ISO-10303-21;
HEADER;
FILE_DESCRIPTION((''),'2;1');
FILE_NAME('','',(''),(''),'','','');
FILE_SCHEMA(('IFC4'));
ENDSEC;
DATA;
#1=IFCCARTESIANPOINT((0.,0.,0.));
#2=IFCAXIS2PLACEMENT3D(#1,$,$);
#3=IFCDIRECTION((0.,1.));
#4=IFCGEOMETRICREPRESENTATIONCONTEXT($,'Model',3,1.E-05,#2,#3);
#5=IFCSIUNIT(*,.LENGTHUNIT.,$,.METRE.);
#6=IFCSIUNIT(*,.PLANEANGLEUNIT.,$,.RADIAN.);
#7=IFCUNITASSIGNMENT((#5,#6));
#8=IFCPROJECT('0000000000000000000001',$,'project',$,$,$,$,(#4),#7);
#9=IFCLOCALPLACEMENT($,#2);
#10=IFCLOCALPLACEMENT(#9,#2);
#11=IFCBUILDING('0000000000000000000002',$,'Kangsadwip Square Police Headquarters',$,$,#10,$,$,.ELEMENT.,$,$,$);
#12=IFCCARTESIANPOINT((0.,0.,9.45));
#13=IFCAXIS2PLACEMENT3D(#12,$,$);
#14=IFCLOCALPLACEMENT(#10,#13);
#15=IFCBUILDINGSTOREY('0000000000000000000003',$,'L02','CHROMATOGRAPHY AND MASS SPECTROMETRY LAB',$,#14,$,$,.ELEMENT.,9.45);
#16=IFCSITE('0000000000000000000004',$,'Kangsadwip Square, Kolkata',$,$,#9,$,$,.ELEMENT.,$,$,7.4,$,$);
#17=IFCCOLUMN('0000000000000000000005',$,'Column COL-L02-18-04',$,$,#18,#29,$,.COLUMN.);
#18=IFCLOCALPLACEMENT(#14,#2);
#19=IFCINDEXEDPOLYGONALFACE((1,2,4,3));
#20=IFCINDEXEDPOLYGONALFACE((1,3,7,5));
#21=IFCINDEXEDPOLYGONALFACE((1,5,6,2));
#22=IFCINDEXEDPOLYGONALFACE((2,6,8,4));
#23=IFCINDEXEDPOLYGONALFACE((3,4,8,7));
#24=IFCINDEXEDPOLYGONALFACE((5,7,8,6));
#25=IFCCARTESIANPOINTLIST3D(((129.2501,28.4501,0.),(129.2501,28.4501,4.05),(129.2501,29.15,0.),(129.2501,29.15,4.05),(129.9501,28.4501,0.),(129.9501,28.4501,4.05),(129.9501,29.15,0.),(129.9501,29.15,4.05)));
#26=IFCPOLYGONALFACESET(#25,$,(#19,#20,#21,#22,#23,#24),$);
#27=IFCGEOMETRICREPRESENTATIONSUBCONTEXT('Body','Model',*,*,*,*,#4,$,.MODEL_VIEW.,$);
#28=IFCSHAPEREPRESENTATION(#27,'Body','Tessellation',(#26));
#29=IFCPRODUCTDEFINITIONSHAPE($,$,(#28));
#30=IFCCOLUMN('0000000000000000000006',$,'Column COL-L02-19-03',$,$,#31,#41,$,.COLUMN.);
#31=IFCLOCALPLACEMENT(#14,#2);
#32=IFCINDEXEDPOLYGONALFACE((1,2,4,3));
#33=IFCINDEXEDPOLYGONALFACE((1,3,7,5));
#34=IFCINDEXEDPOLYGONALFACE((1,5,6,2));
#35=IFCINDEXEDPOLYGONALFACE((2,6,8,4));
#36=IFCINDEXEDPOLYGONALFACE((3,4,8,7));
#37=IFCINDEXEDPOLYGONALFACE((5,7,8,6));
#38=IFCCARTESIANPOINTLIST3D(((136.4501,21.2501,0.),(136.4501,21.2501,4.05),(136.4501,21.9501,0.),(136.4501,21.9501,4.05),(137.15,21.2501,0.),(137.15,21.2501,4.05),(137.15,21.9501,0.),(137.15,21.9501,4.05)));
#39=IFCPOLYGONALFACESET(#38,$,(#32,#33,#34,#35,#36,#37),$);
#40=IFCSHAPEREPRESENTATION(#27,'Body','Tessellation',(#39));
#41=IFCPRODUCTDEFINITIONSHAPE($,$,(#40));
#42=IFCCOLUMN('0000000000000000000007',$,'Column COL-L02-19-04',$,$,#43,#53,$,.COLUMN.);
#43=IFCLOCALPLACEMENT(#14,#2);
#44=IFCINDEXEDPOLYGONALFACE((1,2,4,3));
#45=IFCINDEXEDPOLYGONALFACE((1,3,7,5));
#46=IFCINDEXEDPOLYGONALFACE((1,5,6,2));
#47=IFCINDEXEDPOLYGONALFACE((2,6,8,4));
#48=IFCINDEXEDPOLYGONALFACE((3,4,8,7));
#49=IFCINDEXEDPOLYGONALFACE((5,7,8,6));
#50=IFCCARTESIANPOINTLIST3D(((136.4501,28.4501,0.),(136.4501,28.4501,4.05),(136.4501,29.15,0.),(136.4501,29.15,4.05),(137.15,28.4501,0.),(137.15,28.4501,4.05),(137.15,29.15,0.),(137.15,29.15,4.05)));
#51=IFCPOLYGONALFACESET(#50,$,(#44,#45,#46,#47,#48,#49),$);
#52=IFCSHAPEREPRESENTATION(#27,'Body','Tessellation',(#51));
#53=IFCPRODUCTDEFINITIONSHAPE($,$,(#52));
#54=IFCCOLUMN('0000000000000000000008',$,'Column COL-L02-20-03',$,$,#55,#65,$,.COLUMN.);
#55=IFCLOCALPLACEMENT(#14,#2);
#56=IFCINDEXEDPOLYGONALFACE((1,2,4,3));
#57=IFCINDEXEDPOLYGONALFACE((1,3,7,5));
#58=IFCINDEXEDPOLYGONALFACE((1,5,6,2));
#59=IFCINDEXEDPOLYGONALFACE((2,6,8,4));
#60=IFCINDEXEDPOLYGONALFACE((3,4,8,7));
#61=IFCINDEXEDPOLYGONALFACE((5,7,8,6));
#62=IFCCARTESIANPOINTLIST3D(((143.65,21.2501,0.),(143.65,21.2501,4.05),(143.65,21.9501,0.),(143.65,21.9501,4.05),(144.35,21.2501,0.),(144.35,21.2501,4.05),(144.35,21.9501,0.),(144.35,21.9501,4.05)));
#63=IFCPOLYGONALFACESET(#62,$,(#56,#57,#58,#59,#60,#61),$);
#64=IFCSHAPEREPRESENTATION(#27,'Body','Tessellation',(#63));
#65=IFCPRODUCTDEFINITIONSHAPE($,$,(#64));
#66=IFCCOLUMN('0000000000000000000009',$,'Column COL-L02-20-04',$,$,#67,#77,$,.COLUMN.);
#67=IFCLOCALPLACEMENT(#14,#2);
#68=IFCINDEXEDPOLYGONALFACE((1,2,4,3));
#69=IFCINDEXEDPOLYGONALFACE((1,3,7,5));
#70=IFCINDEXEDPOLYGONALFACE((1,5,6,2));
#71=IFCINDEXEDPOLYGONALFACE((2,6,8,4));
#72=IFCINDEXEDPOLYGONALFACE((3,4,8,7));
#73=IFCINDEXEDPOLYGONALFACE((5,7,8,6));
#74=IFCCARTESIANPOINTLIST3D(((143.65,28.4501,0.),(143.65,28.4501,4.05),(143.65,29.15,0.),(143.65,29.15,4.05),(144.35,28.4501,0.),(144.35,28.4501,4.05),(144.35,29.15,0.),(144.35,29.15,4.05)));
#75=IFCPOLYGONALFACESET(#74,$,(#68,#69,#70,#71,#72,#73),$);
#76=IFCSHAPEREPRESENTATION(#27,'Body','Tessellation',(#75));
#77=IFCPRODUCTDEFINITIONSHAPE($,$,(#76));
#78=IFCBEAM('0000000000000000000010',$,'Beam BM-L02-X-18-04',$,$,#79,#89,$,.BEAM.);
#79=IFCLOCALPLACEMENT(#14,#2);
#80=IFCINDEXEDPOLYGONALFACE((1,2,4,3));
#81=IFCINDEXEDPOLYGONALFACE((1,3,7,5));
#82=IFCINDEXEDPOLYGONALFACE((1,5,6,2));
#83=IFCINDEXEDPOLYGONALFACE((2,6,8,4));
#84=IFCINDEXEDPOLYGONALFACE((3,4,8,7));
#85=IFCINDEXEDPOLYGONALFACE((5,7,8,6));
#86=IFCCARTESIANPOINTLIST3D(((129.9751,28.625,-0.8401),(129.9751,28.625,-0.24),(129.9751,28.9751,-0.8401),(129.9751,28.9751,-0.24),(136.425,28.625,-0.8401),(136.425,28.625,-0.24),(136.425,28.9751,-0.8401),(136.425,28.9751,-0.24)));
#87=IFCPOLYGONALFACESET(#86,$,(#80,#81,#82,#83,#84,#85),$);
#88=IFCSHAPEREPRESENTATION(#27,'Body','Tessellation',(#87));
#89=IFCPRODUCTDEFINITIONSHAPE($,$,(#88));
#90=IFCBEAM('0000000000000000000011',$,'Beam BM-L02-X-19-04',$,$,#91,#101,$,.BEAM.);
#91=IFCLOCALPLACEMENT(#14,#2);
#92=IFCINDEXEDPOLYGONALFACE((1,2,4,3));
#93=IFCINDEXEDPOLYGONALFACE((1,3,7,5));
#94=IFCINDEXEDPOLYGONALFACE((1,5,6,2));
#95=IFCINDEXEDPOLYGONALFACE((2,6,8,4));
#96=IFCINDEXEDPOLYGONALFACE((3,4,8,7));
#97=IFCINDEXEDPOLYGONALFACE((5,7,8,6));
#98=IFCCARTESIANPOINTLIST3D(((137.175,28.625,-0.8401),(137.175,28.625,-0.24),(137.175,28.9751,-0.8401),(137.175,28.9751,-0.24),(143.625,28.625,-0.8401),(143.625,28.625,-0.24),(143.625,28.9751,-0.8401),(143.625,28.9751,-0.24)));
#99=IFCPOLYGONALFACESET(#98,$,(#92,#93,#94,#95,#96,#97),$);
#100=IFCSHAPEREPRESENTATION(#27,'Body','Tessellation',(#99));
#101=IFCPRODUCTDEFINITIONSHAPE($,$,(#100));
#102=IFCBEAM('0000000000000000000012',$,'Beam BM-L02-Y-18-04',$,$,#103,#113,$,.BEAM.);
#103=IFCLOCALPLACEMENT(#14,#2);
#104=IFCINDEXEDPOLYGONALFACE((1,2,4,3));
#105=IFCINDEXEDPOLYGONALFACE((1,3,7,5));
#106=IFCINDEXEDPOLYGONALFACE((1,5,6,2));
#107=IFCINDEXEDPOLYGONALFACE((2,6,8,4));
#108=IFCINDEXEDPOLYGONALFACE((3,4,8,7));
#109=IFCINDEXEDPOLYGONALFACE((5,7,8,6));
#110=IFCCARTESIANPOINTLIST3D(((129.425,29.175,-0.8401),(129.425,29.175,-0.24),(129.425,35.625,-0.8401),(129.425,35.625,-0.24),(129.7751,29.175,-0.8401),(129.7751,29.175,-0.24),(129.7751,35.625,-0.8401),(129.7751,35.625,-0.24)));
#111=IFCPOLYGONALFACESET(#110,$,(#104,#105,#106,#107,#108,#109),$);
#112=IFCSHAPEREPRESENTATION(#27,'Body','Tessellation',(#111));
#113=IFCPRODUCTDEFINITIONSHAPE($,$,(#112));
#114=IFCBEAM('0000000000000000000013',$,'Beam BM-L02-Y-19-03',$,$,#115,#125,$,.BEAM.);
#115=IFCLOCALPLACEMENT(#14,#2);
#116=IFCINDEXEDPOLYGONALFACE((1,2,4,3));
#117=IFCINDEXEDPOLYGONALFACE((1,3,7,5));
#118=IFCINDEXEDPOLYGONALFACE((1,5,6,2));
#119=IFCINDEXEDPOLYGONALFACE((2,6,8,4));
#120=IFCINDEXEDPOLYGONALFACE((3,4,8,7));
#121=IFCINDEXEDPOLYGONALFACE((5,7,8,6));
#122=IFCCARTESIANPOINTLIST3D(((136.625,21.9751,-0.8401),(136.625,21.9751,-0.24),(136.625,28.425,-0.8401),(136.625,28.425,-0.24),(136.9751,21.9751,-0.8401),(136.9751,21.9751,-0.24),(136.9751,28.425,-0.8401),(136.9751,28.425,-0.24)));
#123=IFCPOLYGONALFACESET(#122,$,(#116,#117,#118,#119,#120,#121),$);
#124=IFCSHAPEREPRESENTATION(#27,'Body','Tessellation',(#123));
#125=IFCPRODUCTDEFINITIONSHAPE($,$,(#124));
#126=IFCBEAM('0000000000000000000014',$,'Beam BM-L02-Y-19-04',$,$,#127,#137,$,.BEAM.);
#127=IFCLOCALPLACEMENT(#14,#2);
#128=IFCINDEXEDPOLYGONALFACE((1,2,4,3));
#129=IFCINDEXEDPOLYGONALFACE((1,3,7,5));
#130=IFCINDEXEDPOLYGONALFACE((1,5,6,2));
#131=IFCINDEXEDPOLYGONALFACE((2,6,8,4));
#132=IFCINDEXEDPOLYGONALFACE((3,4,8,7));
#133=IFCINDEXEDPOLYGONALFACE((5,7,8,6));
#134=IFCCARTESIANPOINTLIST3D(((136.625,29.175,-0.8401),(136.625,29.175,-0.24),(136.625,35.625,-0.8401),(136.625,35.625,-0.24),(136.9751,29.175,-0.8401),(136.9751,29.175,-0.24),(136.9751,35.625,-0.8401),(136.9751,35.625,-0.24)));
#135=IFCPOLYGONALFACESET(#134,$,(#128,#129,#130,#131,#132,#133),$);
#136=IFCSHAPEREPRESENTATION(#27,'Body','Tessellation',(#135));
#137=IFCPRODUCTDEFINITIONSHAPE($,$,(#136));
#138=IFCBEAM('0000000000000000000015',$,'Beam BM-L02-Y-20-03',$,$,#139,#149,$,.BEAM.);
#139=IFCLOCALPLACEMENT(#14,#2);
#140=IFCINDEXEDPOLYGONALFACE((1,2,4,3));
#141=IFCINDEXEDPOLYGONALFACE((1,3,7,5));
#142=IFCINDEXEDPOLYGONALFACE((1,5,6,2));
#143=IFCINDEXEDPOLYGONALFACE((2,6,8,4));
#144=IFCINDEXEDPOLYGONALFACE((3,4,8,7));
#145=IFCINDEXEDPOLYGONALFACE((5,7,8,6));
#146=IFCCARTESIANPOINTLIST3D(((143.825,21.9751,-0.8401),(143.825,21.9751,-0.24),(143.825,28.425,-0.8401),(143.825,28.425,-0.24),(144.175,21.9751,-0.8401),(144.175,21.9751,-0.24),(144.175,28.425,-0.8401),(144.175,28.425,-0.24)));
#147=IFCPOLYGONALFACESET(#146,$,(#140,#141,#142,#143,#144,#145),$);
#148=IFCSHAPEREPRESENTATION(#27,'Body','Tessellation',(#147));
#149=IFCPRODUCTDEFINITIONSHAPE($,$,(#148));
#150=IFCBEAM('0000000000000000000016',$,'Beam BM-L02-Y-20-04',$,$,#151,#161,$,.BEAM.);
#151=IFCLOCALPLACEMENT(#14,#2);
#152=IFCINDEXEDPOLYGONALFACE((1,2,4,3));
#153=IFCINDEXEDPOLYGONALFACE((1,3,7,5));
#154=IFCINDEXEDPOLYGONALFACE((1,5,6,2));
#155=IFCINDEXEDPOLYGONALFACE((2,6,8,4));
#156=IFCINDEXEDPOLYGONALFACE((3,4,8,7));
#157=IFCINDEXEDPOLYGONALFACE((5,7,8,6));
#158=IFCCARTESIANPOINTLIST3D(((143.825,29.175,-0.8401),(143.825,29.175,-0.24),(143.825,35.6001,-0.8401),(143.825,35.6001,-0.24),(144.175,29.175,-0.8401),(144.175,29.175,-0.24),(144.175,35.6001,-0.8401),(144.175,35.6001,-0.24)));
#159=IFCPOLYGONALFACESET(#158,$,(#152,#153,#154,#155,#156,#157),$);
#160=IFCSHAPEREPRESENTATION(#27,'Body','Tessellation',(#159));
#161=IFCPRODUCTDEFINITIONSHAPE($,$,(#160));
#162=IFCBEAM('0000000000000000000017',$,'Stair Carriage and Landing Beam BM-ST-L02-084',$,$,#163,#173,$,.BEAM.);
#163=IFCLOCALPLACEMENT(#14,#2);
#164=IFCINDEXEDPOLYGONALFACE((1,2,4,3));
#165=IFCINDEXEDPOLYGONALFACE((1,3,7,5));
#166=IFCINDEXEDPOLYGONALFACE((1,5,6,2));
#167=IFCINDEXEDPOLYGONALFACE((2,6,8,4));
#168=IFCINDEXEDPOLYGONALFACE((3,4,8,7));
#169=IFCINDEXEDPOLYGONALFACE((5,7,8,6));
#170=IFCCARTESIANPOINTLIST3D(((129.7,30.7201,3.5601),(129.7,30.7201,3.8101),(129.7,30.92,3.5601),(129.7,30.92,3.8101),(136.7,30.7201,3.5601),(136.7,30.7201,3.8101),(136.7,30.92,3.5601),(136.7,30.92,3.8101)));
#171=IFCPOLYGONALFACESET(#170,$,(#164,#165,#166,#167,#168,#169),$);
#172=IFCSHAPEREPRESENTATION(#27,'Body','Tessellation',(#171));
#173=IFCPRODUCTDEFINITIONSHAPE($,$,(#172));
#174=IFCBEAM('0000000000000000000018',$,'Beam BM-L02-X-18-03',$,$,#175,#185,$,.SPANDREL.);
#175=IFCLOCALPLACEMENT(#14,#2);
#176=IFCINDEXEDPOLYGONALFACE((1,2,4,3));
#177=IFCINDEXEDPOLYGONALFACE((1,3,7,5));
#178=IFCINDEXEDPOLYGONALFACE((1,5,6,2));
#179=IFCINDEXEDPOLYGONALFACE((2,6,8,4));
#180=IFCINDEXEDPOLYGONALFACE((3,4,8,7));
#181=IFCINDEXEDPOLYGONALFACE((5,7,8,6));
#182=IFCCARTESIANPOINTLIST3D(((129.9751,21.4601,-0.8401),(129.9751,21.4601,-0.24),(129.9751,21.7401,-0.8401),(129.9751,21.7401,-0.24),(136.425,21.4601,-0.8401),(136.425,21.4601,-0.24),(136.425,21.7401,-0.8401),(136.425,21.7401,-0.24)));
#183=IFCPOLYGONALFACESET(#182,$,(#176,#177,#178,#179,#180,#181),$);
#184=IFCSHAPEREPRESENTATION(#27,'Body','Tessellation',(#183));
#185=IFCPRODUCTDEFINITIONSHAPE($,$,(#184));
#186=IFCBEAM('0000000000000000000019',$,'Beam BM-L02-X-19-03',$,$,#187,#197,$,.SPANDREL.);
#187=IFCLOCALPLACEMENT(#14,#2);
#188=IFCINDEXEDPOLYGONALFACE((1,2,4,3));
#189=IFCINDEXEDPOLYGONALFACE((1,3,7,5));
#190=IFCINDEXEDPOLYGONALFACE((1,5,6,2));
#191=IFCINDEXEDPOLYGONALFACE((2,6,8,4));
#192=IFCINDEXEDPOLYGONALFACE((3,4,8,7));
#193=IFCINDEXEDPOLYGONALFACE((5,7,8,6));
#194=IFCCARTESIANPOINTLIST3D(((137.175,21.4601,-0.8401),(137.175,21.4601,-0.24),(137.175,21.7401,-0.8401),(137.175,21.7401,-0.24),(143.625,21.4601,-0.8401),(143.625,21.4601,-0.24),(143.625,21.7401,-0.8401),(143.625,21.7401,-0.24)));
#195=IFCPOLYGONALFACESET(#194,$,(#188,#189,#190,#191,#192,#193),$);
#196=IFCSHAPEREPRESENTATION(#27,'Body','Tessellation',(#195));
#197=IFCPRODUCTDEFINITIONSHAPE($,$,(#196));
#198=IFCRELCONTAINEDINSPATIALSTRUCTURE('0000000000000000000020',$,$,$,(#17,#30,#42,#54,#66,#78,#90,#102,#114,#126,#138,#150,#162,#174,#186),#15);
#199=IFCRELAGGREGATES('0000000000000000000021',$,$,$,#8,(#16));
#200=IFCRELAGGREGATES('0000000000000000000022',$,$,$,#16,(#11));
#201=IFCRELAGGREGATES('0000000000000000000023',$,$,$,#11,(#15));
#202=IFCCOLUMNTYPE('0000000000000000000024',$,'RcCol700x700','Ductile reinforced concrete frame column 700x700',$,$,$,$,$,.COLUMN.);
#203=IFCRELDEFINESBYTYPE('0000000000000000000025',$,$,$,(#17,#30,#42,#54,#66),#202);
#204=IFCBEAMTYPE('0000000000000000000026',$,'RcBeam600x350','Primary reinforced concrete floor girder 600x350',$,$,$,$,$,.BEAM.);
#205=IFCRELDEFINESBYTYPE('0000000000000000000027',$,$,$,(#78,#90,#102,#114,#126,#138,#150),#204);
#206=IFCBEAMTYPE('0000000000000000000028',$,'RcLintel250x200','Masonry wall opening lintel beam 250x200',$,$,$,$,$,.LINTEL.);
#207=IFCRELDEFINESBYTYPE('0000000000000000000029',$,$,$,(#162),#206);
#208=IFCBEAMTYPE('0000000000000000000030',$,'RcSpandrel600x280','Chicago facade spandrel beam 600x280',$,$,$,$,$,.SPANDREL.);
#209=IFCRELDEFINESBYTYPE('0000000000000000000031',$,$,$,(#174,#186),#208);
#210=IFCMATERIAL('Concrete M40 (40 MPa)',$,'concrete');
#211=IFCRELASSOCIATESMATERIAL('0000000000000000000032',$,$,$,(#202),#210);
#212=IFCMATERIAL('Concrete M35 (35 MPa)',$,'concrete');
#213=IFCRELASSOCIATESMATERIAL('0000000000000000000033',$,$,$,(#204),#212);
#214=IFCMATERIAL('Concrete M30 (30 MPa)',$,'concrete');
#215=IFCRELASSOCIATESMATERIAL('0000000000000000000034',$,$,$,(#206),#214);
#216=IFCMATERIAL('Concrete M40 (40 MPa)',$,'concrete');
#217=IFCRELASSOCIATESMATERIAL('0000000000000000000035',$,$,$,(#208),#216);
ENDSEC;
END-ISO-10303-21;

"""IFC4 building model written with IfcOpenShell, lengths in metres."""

from ifc_helpers import new_model, si_unit, direction, frame, origin, origin_2d, place, context, subcontext, project, spatial, rectangle, extrude, material, material_profile, profile_set, type_object, element, save


model = new_model("IFC4")

# Units and contexts
model_context = context("Model", 3, precision=1e-05, world=origin(), true_north=direction((0.0, 1.0)))
body_context = subcontext(model_context, "Body", "Model", "MODEL_VIEW")
ifc_project = project(units=[si_unit("LENGTHUNIT", "METRE"), si_unit("PLANEANGLEUNIT", "RADIAN")], contexts=[model_context])

# Site, building, storey
site_placement = place(None, origin())
site = spatial("IfcSite", under=ifc_project, at=site_placement, Name="Kangsadwip Square, Kolkata", CompositionType="ELEMENT", RefElevation=7.4)
building_placement = place(site_placement, origin())
building = spatial("IfcBuilding", under=site, at=building_placement, Name="Kangsadwip Square Police Headquarters", CompositionType="ELEMENT")
storey_placement = place(building_placement, frame((0.0, 0.0, 9.45)))
storey = spatial("IfcBuildingStorey", under=building, at=storey_placement, Name="L02", Description="CHROMATOGRAPHY AND MASS SPECTROMETRY LAB", CompositionType="ELEMENT", Elevation=9.45)

# Columns
ifc_material_1 = material(Name="Concrete M40 (40 MPa)", Category="concrete")
ifc_material_profile_1 = material_profile(ifc_material_1, rectangle(XDim=0.7, YDim=0.7, at=origin_2d()), Name="RC COL 700X700")
ifc_profile_set_1 = profile_set([ifc_material_profile_1], Name="Concrete M40 (40 MPa)")
column_type = type_object("IfcColumnType", Name="RcCol700x700", Description="Ductile reinforced concrete frame column 700x700", PredefinedType="COLUMN", material=ifc_profile_set_1)
for number, where, z_axis, x_axis, name in (
    (1, (129.6001, 28.8, 0.0), (0.0, 0.0, 1.0), (1.0, 0.0, 0.0), "Column COL-L02-18-04"),
    (2, (136.8, 21.6001, 0.0), (0.0, 0.0, 1.0), (1.0, 0.0, 0.0), "Column COL-L02-19-03"),
    (3, (136.8, 28.8, 0.0), (0.0, 0.0, 1.0), (1.0, 0.0, 0.0), "Column COL-L02-19-04"),
    (4, (144.0, 21.6001, 0.0), (0.0, 0.0, 1.0), (1.0, 0.0, 0.0), "Column COL-L02-20-03"),
    (5, (144.0, 28.8, 0.0), (0.0, 0.0, 1.0), (1.0, 0.0, 0.0), "Column COL-L02-20-04"),
):
    element("IfcColumn", number, at=place(storey_placement, frame(where, z_axis=z_axis, x_axis=x_axis)), inside=storey, type_object=column_type, Name=name, PredefinedType="COLUMN", context=body_context, shape_type="SweptSolid", body=[
        extrude(rectangle(XDim=0.7, YDim=0.7, at=origin_2d()), origin(), (0.0, 0.0, 1.0), 4.05),
    ])

# Beams
ifc_material_2 = material(Name="Concrete M35 (35 MPa)", Category="concrete")
ifc_material_profile_2 = material_profile(ifc_material_2, rectangle(XDim=0.3501, YDim=0.6001, at=origin_2d()), Name="RC BM 600X350")
ifc_profile_set_2 = profile_set([ifc_material_profile_2], Name="Concrete M35 (35 MPa)")
beam_type_1 = type_object("IfcBeamType", Name="RcBeam600x350", Description="Primary reinforced concrete floor girder 600x350", PredefinedType="BEAM", material=ifc_profile_set_2)
for number, where, z_axis, x_axis, name in (
    (6, (129.9751, 28.8, -0.54), (1.0, 0.0, 0.0), (0.0, 1.0, 0.0), "Beam BM-L02-X-18-04"),
    (7, (137.175, 28.8, -0.54), (1.0, 0.0, 0.0), (0.0, 1.0, 0.0), "Beam BM-L02-X-19-04"),
    (8, (129.6001, 29.175, -0.54), (0.0, 1.0, 0.0), (-1.0, 0.0, 0.0), "Beam BM-L02-Y-18-04"),
    (9, (136.8, 21.9751, -0.54), (0.0, 1.0, 0.0), (-1.0, 0.0, 0.0), "Beam BM-L02-Y-19-03"),
    (10, (136.8, 29.175, -0.54), (0.0, 1.0, 0.0), (-1.0, 0.0, 0.0), "Beam BM-L02-Y-19-04"),
    (11, (144.0, 21.9751, -0.54), (0.0, 1.0, 0.0), (-1.0, 0.0, 0.0), "Beam BM-L02-Y-20-03"),
):
    element("IfcBeam", number, at=place(storey_placement, frame(where, z_axis=z_axis, x_axis=x_axis)), inside=storey, type_object=beam_type_1, Name=name, PredefinedType="BEAM", context=body_context, shape_type="SweptSolid", body=[
        extrude(rectangle(XDim=0.3501, YDim=0.6001, at=origin_2d()), origin(), (0.0, 0.0, 1.0), 6.45),
    ])
beam_1_placement = place(storey_placement, frame((144.0, 29.175, -0.54), z_axis=(0.0, 1.0, 0.0), x_axis=(-1.0, 0.0, 0.0)))
element("IfcBeam", 12, at=beam_1_placement, inside=storey, type_object=beam_type_1, Name="Beam BM-L02-Y-20-04", PredefinedType="BEAM", context=body_context, shape_type="SweptSolid", body=[
    extrude(rectangle(XDim=0.3501, YDim=0.6001, at=origin_2d()), origin(), (0.0, 0.0, 1.0), 6.425),
])
ifc_material_3 = material(Name="Concrete M30 (30 MPa)", Category="concrete")
ifc_material_profile_3 = material_profile(ifc_material_3, rectangle(XDim=0.2, YDim=0.25, at=origin_2d()), Name="RC LNT 250X200")
ifc_profile_set_3 = profile_set([ifc_material_profile_3], Name="Concrete M30 (30 MPa)")
beam_type_2 = type_object("IfcBeamType", Name="RcLintel250x200", Description="Masonry wall opening lintel beam 250x200", PredefinedType="LINTEL", material=ifc_profile_set_3)
beam_2_placement = place(storey_placement, frame((129.7, 30.8201, 3.6851), z_axis=(1.0, 0.0, 0.0), x_axis=(0.0, 1.0, 0.0)))
element("IfcBeam", 13, at=beam_2_placement, inside=storey, type_object=beam_type_2, Name="Stair Carriage and Landing Beam BM-ST-L02-084", PredefinedType="BEAM", context=body_context, shape_type="SweptSolid", body=[
    extrude(rectangle(XDim=0.2, YDim=0.25, at=origin_2d()), origin(), (0.0, 0.0, 1.0), 7.0),
])
ifc_material_4 = material(Name="Concrete M40 (40 MPa)", Category="concrete")
ifc_material_profile_4 = material_profile(ifc_material_4, rectangle(XDim=0.28, YDim=0.6001, at=origin_2d()), Name="RC SPN 600X280")
ifc_profile_set_4 = profile_set([ifc_material_profile_4], Name="Concrete M40 (40 MPa)")
beam_type_3 = type_object("IfcBeamType", Name="RcSpandrel600x280", Description="Chicago facade spandrel beam 600x280", PredefinedType="SPANDREL", material=ifc_profile_set_4)
for number, where, z_axis, x_axis, name in (
    (14, (129.9751, 21.6001, -0.54), (1.0, 0.0, 0.0), (0.0, 1.0, 0.0), "Beam BM-L02-X-18-03"),
    (15, (137.175, 21.6001, -0.54), (1.0, 0.0, 0.0), (0.0, 1.0, 0.0), "Beam BM-L02-X-19-03"),
):
    element("IfcBeam", number, at=place(storey_placement, frame(where, z_axis=z_axis, x_axis=x_axis)), inside=storey, type_object=beam_type_3, Name=name, PredefinedType="SPANDREL", context=body_context, shape_type="SweptSolid", body=[
        extrude(rectangle(XDim=0.28, YDim=0.6001, at=origin_2d()), origin(), (0.0, 0.0, 1.0), 6.45),
    ])

save(model, "model.ifc")
